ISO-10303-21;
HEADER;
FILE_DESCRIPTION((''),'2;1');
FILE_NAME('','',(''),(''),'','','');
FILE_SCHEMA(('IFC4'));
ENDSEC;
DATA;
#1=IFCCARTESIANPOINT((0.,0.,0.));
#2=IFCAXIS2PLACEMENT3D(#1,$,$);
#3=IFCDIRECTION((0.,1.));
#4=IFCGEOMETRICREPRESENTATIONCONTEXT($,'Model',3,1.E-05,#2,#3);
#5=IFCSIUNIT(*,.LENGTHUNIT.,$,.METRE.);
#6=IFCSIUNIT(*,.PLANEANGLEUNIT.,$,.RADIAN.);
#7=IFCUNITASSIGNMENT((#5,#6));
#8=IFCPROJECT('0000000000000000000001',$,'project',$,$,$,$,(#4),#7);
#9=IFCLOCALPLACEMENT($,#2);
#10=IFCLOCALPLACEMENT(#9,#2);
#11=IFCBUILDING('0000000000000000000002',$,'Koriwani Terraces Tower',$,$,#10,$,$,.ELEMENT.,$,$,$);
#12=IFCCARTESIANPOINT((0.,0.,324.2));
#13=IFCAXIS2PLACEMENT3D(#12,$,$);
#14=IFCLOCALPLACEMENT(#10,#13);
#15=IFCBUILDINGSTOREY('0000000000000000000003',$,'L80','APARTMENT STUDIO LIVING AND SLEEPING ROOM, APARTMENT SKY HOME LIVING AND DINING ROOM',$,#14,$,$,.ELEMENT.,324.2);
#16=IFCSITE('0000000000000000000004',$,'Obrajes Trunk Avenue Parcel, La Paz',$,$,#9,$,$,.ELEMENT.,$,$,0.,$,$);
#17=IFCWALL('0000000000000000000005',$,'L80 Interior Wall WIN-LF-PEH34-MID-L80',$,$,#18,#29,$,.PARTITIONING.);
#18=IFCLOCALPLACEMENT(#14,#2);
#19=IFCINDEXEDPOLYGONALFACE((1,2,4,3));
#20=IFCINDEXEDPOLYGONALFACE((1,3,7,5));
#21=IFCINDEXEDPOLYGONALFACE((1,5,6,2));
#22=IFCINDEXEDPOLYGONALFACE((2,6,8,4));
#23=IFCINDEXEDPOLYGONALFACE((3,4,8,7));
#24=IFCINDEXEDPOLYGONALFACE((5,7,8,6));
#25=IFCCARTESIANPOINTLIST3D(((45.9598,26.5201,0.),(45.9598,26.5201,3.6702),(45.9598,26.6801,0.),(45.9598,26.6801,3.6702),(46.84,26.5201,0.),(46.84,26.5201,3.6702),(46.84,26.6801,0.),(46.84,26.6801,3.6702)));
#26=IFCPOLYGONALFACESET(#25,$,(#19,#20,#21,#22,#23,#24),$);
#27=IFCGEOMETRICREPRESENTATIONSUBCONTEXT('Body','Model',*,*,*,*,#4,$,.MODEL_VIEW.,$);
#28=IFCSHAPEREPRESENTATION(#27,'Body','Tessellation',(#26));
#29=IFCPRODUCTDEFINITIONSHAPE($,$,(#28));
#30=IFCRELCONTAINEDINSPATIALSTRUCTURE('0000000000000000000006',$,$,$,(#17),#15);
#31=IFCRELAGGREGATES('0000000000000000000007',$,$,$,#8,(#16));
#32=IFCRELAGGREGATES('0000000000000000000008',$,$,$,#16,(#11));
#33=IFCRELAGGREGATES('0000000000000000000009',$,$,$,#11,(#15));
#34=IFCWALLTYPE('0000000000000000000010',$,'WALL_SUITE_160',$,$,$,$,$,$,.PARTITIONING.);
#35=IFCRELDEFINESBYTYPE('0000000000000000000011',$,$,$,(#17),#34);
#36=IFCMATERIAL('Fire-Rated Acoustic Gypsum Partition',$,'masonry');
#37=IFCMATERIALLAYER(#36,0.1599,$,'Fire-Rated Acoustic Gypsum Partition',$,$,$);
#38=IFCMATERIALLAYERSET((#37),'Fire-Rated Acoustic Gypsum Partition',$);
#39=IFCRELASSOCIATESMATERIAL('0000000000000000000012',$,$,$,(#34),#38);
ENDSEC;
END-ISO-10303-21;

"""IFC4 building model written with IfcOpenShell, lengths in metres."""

from ifc_helpers import new_model, si_unit, direction, frame, frame_2d, origin, place, context, subcontext, project, spatial, rectangle, extrude, material, layer, layer_set, type_object, element, save


model = new_model("IFC4")

# Units and contexts
model_context = context("Model", 3, precision=1e-05, world=origin(), true_north=direction((0.0, 1.0)))
body_context = subcontext(model_context, "Body", "Model", "MODEL_VIEW")
ifc_project = project(units=[si_unit("LENGTHUNIT", "METRE"), si_unit("PLANEANGLEUNIT", "RADIAN")], contexts=[model_context])

# Site, building, storey
site_placement = place(None, origin())
site = spatial("IfcSite", under=ifc_project, at=site_placement, Name="Obrajes Trunk Avenue Parcel, La Paz", CompositionType="ELEMENT", RefElevation=0.0)
building_placement = place(site_placement, origin())
building = spatial("IfcBuilding", under=site, at=building_placement, Name="Koriwani Terraces Tower", CompositionType="ELEMENT")
storey_placement = place(building_placement, frame((0.0, 0.0, 324.2)))
storey = spatial("IfcBuildingStorey", under=building, at=storey_placement, Name="L80", Description="APARTMENT STUDIO LIVING AND SLEEPING ROOM, APARTMENT SKY HOME LIVING AND DINING ROOM", CompositionType="ELEMENT", Elevation=324.2)

# Shared definitions
ifc_material_1 = material(Name="Fire-Rated Acoustic Gypsum Partition", Category="masonry")

# Wall
ifc_layer_1 = layer(ifc_material_1, 0.1599, Name="Fire-Rated Acoustic Gypsum Partition")
ifc_layer_set_1 = layer_set([ifc_layer_1], Name="Fire-Rated Acoustic Gypsum Partition")
wall_type_1 = type_object("IfcWallType", Name="WALL_SUITE_160", PredefinedType="PARTITIONING", material=ifc_layer_set_1)
wall_1_placement = place(storey_placement, frame((45.96, 26.6001, 0.0), z_axis=(0.0, 0.0, 1.0), x_axis=(1.0, 0.0, 0.0)))
element("IfcWall", 1, at=wall_1_placement, inside=storey, type_object=wall_type_1, Name="L80 Interior Wall WIN-LF-PEH34-MID-L80", PredefinedType="PARTITIONING", context=body_context, shape_type="SweptSolid", body=[
    extrude(rectangle(XDim=0.8801, YDim=0.1599, at=frame_2d((0.4399, 0.0))), origin(), (0.0, 0.0, 1.0), 3.6702),
])

save(model, "model.ifc")
